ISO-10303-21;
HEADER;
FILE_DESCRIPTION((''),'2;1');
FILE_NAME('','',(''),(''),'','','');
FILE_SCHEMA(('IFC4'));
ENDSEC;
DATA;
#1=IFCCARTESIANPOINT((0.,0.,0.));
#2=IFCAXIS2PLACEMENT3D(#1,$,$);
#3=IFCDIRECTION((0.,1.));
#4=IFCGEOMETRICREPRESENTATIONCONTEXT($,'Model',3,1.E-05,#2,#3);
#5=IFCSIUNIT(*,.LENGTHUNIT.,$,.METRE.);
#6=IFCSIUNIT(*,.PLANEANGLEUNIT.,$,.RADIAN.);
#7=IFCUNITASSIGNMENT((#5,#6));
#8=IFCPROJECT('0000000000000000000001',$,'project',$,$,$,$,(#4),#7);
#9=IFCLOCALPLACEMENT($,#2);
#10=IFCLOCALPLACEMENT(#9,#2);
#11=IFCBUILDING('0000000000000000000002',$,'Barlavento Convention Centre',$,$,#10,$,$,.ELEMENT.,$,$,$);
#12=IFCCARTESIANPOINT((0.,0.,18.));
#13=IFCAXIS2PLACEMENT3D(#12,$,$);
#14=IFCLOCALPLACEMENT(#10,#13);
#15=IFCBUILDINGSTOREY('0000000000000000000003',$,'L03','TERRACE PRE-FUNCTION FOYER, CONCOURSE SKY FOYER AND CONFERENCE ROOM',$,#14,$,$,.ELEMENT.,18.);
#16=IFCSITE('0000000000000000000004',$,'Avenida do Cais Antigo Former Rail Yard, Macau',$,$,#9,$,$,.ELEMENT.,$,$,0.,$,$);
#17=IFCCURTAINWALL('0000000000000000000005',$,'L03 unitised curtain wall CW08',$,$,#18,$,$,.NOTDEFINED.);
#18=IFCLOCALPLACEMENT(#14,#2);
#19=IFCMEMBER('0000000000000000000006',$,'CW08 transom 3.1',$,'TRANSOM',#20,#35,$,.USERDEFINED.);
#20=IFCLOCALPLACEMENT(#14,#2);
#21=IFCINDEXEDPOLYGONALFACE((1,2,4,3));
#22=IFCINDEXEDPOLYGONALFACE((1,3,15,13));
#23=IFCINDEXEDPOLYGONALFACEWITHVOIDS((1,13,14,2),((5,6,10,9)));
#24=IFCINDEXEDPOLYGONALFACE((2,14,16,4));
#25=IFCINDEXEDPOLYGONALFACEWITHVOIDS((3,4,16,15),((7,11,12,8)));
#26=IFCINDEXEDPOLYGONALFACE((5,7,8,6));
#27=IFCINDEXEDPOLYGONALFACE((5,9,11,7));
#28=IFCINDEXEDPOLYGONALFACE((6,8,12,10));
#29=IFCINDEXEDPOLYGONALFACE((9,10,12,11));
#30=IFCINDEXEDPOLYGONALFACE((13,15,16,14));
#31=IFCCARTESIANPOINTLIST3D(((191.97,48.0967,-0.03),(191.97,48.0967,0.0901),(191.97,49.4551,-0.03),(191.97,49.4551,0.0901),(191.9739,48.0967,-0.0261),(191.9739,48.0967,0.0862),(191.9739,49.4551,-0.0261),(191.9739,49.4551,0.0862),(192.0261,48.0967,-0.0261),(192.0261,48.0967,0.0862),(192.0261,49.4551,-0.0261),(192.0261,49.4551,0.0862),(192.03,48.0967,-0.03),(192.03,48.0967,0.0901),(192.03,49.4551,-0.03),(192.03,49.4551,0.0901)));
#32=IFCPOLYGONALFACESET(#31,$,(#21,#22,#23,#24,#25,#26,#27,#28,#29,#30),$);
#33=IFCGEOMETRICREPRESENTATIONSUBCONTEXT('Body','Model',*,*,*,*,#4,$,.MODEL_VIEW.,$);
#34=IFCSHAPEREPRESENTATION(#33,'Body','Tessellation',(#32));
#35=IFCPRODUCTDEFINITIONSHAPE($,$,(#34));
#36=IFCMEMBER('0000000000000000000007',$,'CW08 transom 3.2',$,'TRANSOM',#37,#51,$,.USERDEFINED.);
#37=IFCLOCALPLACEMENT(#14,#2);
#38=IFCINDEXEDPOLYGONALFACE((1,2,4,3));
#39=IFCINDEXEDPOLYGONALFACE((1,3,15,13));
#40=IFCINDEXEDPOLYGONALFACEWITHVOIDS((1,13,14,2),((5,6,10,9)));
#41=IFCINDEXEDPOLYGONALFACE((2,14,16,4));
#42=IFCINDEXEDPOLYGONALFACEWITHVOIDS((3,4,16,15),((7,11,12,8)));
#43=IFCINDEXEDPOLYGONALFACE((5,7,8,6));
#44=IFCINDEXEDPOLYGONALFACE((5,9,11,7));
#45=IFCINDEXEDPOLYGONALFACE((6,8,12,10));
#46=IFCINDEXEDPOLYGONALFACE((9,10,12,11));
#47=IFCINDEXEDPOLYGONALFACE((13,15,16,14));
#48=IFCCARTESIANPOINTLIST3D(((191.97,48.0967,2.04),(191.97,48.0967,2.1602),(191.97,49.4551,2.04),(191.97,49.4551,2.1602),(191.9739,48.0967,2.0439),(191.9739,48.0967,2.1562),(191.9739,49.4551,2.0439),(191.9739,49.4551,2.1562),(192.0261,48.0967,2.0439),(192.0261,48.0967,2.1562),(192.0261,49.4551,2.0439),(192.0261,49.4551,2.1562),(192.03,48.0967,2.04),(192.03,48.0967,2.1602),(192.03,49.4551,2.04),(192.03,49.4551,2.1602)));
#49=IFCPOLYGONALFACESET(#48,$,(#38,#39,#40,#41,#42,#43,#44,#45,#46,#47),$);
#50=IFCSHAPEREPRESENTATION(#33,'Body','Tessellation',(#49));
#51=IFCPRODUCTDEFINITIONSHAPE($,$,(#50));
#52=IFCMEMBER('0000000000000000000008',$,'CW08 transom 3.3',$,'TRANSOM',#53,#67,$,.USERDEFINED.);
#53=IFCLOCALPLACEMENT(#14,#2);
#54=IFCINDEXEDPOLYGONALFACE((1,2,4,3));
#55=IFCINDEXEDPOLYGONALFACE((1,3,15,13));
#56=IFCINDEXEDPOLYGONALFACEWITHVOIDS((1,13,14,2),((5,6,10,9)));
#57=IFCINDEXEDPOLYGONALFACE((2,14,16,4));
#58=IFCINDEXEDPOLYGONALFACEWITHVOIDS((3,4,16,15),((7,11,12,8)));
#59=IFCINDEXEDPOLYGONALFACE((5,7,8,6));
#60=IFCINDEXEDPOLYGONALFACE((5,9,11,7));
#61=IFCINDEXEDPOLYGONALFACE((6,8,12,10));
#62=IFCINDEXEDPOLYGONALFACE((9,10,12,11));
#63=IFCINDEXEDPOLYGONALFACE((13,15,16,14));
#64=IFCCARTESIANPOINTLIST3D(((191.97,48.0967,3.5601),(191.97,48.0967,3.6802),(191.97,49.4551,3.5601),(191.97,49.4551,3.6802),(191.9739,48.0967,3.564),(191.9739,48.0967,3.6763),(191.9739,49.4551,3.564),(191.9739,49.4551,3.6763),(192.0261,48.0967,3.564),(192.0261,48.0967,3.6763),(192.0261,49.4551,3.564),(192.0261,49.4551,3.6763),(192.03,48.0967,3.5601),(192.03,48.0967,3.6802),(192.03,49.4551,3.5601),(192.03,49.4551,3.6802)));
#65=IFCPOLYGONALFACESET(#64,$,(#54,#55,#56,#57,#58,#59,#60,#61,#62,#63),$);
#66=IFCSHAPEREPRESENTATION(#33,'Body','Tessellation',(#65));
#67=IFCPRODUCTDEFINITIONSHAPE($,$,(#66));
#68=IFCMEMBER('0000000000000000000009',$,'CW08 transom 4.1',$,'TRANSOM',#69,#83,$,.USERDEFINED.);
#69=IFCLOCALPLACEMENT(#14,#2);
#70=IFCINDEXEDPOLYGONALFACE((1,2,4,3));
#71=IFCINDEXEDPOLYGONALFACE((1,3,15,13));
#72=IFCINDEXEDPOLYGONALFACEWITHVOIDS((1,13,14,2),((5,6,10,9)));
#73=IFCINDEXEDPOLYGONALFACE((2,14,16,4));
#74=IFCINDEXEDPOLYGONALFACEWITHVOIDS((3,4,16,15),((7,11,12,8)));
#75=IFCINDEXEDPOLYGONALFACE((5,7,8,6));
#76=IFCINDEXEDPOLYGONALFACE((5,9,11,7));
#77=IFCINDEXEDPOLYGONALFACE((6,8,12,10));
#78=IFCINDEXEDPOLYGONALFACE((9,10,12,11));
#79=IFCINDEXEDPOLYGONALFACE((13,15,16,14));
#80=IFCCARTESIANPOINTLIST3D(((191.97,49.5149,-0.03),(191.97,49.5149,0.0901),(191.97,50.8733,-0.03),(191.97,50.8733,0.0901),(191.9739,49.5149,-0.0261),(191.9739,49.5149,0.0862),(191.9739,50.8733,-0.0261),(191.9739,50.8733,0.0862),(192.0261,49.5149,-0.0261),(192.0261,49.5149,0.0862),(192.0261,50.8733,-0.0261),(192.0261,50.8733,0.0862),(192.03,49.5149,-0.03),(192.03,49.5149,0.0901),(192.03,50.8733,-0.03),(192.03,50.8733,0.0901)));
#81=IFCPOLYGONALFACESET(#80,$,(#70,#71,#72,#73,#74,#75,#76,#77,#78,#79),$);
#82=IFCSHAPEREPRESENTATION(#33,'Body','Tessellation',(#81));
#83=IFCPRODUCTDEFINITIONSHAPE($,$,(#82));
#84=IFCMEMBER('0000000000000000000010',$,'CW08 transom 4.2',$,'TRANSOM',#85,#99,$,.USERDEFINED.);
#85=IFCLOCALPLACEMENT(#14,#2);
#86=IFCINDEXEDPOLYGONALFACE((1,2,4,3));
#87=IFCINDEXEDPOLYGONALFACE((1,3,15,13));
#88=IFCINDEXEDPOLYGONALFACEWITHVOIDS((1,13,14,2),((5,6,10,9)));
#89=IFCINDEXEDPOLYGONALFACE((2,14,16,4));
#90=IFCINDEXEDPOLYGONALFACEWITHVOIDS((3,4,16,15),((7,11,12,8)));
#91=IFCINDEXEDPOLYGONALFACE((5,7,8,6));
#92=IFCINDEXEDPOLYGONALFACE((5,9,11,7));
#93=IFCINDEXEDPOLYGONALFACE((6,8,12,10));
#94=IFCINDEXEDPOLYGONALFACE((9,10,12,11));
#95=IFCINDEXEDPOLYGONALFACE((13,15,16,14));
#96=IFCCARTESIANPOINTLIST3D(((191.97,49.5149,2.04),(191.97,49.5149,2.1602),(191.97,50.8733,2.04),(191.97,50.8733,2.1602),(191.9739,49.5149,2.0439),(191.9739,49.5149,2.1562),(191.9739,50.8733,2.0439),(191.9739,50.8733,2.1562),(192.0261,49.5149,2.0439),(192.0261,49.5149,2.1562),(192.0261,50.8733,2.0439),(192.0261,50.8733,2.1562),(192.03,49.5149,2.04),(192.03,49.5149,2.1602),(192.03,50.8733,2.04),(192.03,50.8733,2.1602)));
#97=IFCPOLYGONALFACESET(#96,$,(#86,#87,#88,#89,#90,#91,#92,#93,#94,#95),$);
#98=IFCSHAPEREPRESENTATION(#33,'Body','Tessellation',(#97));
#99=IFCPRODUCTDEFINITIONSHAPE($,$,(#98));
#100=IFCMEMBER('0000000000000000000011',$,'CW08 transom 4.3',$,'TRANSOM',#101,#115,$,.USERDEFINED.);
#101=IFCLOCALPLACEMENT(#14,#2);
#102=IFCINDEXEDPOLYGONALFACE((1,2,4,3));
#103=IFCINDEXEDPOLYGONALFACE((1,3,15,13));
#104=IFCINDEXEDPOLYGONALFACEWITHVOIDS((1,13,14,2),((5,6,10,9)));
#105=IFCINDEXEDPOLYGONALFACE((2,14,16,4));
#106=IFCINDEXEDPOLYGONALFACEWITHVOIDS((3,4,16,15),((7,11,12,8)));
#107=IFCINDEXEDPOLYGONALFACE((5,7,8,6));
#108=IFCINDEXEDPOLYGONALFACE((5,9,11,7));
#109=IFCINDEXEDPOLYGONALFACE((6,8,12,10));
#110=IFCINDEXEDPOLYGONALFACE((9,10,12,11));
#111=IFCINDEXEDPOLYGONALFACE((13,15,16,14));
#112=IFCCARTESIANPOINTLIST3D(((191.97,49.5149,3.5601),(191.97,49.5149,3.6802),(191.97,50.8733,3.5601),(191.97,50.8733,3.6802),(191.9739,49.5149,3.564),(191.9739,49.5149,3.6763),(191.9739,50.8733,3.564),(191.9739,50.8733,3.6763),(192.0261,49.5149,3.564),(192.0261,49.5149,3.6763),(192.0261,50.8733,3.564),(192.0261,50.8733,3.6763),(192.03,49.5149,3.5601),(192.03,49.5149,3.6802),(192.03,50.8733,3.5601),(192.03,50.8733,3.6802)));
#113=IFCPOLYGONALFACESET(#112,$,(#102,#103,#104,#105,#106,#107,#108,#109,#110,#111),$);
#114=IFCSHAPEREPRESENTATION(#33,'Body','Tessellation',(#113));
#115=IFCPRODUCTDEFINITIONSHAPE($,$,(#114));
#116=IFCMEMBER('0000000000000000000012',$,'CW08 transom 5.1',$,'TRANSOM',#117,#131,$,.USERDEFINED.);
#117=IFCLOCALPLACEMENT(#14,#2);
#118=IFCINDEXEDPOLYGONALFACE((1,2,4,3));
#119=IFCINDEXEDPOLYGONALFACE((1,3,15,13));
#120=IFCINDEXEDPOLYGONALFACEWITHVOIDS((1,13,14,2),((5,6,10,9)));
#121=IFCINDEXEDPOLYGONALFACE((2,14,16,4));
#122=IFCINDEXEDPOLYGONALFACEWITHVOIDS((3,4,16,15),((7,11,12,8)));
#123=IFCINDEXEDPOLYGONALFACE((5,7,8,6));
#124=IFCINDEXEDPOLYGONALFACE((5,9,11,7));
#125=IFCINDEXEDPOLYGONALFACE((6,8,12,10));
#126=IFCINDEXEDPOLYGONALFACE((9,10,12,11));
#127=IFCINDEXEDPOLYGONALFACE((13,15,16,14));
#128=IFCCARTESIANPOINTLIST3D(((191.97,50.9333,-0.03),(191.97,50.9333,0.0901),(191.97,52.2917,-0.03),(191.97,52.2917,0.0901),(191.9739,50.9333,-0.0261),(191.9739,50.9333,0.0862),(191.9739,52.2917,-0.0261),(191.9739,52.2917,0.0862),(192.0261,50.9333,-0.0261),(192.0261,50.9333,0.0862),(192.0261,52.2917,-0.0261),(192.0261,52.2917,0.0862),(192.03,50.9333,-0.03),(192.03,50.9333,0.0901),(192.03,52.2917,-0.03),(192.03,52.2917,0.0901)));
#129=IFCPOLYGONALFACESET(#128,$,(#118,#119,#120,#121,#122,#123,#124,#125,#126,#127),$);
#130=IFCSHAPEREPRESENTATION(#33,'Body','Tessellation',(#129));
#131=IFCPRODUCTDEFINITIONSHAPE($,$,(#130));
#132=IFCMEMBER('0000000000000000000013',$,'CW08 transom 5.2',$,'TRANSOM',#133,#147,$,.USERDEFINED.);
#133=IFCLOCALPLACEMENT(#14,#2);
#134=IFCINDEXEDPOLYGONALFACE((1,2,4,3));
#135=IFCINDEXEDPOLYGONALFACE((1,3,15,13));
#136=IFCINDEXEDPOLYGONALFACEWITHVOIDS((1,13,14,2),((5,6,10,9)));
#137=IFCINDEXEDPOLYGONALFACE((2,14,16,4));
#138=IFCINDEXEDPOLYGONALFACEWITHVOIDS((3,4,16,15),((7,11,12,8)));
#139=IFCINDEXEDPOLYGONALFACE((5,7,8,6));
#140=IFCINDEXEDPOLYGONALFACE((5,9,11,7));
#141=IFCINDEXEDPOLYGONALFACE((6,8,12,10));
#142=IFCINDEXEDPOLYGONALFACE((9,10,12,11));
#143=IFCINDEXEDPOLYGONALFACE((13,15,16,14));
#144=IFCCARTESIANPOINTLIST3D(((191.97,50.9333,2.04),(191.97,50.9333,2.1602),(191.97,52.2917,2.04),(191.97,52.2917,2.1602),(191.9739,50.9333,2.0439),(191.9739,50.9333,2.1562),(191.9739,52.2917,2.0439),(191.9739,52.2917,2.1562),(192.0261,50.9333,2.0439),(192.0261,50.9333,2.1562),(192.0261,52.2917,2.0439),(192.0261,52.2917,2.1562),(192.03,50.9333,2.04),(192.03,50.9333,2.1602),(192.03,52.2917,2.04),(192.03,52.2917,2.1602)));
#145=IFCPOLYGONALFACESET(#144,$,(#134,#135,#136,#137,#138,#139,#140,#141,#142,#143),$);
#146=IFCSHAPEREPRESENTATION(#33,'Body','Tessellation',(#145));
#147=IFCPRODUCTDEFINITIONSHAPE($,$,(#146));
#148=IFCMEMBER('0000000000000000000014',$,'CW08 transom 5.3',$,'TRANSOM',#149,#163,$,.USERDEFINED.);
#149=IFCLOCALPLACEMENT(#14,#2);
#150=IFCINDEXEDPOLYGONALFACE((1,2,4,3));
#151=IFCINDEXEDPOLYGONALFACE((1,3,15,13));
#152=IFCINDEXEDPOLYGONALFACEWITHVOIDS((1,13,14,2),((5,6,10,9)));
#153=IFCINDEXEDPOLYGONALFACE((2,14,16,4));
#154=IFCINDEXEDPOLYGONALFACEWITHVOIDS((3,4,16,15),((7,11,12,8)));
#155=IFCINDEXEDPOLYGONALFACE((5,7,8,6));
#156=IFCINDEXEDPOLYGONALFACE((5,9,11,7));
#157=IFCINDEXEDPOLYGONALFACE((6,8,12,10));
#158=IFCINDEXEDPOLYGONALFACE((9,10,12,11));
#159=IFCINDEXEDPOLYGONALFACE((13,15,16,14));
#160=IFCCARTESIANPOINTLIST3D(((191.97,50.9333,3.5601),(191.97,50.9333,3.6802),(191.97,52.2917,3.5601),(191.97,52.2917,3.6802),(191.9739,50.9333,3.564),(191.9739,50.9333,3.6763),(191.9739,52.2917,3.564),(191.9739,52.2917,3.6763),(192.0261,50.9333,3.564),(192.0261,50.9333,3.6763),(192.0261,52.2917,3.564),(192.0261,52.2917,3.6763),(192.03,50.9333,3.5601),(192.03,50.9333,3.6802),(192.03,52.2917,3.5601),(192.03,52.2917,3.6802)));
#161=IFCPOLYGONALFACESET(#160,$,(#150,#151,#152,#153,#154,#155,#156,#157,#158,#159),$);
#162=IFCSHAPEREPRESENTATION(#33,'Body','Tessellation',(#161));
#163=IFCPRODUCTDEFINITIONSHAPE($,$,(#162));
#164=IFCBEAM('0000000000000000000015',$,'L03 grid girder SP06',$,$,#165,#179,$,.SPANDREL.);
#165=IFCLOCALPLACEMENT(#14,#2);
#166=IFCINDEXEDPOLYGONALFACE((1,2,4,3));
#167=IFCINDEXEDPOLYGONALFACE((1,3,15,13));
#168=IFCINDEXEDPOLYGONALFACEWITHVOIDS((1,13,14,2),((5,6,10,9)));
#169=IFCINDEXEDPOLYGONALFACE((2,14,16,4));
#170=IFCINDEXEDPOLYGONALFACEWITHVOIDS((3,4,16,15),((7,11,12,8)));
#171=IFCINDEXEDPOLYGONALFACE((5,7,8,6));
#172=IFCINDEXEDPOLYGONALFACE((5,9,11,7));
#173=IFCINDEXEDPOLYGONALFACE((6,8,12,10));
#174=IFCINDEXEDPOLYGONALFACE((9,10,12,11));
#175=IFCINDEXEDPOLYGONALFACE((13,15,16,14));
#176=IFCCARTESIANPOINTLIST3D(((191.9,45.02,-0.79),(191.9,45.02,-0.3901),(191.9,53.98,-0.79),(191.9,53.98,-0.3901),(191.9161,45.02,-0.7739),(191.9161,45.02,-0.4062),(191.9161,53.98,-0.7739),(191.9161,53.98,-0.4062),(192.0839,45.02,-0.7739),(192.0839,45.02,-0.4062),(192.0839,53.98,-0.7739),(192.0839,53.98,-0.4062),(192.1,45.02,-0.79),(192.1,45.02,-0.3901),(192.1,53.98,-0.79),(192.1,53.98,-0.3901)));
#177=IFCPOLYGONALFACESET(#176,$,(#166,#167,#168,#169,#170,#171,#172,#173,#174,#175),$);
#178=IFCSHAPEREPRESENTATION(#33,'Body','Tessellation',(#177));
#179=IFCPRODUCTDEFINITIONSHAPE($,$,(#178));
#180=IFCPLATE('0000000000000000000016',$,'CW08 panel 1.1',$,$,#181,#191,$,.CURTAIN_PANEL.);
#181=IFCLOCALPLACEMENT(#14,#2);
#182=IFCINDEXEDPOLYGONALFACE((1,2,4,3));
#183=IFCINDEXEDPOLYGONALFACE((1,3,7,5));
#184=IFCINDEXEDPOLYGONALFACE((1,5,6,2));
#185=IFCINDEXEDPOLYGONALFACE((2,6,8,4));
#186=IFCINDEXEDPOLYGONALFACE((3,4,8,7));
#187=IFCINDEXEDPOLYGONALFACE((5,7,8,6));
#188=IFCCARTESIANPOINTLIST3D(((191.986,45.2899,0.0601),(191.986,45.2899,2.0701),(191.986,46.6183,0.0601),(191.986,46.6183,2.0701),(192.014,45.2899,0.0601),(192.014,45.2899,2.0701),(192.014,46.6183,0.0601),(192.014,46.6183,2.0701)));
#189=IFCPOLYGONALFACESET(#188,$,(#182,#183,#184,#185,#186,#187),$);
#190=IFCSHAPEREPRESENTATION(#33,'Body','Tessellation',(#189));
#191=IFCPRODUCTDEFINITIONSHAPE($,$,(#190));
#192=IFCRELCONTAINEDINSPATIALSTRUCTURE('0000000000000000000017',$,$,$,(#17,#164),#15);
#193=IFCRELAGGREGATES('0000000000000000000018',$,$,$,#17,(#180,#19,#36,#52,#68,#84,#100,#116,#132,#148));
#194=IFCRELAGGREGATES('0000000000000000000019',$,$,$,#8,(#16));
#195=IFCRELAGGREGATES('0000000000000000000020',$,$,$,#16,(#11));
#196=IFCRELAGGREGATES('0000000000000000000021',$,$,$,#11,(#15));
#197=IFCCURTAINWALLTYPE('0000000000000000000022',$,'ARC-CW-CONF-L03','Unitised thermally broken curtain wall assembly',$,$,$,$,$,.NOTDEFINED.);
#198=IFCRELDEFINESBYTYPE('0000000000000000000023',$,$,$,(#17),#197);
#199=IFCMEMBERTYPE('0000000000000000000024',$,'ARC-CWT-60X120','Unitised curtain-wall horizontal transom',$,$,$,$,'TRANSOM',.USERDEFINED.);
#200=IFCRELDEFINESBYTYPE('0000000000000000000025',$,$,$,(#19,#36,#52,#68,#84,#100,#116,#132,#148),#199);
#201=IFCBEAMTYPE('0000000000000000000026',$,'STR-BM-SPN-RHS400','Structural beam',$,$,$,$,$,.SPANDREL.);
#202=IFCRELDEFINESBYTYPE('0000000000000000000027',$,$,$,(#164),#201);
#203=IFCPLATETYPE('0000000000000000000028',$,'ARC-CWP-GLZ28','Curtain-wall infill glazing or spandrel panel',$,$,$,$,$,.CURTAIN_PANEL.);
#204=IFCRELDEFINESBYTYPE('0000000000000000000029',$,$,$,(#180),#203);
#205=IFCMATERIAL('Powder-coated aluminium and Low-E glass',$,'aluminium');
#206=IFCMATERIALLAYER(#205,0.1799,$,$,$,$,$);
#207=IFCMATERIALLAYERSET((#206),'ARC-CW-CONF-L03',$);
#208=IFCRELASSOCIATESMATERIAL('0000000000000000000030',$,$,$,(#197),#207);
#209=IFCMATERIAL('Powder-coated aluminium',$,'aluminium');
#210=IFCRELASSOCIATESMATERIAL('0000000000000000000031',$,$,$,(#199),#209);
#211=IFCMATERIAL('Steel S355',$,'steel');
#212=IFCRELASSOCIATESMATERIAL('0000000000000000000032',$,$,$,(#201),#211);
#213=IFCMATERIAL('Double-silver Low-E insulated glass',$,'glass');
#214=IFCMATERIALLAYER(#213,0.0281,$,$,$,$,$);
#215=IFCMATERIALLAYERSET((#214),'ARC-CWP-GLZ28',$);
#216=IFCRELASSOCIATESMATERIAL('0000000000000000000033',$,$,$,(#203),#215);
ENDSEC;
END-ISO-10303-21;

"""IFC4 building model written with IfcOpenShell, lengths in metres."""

from ifc_helpers import new_model, si_unit, direction, frame, origin, origin_2d, place, context, subcontext, project, spatial, rectangle, hollow_rectangle, extrude, material, layer, layer_set, material_profile, profile_set, type_object, element, aggregate, save


model = new_model("IFC4")

# Units and contexts
model_context = context("Model", 3, precision=1e-05, world=origin(), true_north=direction((0.0, 1.0)))
body_context = subcontext(model_context, "Body", "Model", "MODEL_VIEW")
ifc_project = project(units=[si_unit("LENGTHUNIT", "METRE"), si_unit("PLANEANGLEUNIT", "RADIAN")], contexts=[model_context])

# Site, building, storey
site_placement = place(None, origin())
site = spatial("IfcSite", under=ifc_project, at=site_placement, Name="Avenida do Cais Antigo Former Rail Yard, Macau", CompositionType="ELEMENT", RefElevation=0.0)
building_placement = place(site_placement, origin())
building = spatial("IfcBuilding", under=site, at=building_placement, Name="Barlavento Convention Centre", CompositionType="ELEMENT")
storey_placement = place(building_placement, frame((0.0, 0.0, 18.0)))
storey = spatial("IfcBuildingStorey", under=building, at=storey_placement, Name="L03", Description="TERRACE PRE-FUNCTION FOYER, CONCOURSE SKY FOYER AND CONFERENCE ROOM", CompositionType="ELEMENT", Elevation=18.0)

# Curtain wall, members
ifc_material_1 = material(Name="Powder-coated aluminium and Low-E glass", Category="aluminium")
ifc_layer_1 = layer(ifc_material_1, 0.1799)
ifc_layer_set_1 = layer_set([ifc_layer_1], Name="ARC-CW-CONF-L03")
curtain_wall_type = type_object("IfcCurtainWallType", Name="ARC-CW-CONF-L03", Description="Unitised thermally broken curtain wall assembly", PredefinedType="NOTDEFINED", material=ifc_layer_set_1)
curtain_wall_placement = place(storey_placement, origin())
curtain_wall = element("IfcCurtainWall", 1, at=curtain_wall_placement, inside=storey, type_object=curtain_wall_type, Name="L03 unitised curtain wall CW08", PredefinedType="NOTDEFINED")
ifc_material_2 = material(Name="Powder-coated aluminium", Category="aluminium")
ifc_material_profile_1 = material_profile(ifc_material_2, hollow_rectangle(XDim=0.0601, YDim=0.1201, WallThickness=0.0039, at=origin_2d()), Name="AL-TRAN 60x120x4")
ifc_profile_set_1 = profile_set([ifc_material_profile_1], Name="Powder-coated aluminium")
member_type_1 = type_object("IfcMemberType", Name="ARC-CWT-60X120", Description="Unitised curtain-wall horizontal transom", ElementType="TRANSOM", PredefinedType="USERDEFINED", material=ifc_profile_set_1)
member_1_placement = place(storey_placement, frame((192.0, 48.0967, 0.03), z_axis=(0.0, 1.0, 0.0), x_axis=(-1.0, 0.0, 0.0)))
member_1 = element("IfcMember", 2, at=member_1_placement, type_object=member_type_1, Name="CW08 transom 3.1", ObjectType="TRANSOM", PredefinedType="USERDEFINED", context=body_context, shape_type="SweptSolid", body=[
    extrude(hollow_rectangle(XDim=0.0601, YDim=0.1201, WallThickness=0.0039, at=origin_2d()), origin(), (0.0, 0.0, 1.0), 1.3584),
])
member_2_placement = place(storey_placement, frame((192.0, 48.0967, 2.1001), z_axis=(0.0, 1.0, 0.0), x_axis=(-1.0, 0.0, 0.0)))
member_2 = element("IfcMember", 3, at=member_2_placement, type_object=member_type_1, Name="CW08 transom 3.2", ObjectType="TRANSOM", PredefinedType="USERDEFINED", context=body_context, shape_type="SweptSolid", body=[
    extrude(hollow_rectangle(XDim=0.0601, YDim=0.1201, WallThickness=0.0039, at=origin_2d()), origin(), (0.0, 0.0, 1.0), 1.3584),
])
member_3_placement = place(storey_placement, frame((192.0, 48.0967, 3.6201), z_axis=(0.0, 1.0, 0.0), x_axis=(-1.0, 0.0, 0.0)))
member_3 = element("IfcMember", 4, at=member_3_placement, type_object=member_type_1, Name="CW08 transom 3.3", ObjectType="TRANSOM", PredefinedType="USERDEFINED", context=body_context, shape_type="SweptSolid", body=[
    extrude(hollow_rectangle(XDim=0.0601, YDim=0.1201, WallThickness=0.0039, at=origin_2d()), origin(), (0.0, 0.0, 1.0), 1.3584),
])
member_4_placement = place(storey_placement, frame((192.0, 49.5149, 0.03), z_axis=(0.0, 1.0, 0.0), x_axis=(-1.0, 0.0, 0.0)))
member_4 = element("IfcMember", 5, at=member_4_placement, type_object=member_type_1, Name="CW08 transom 4.1", ObjectType="TRANSOM", PredefinedType="USERDEFINED", context=body_context, shape_type="SweptSolid", body=[
    extrude(hollow_rectangle(XDim=0.0601, YDim=0.1201, WallThickness=0.0039, at=origin_2d()), origin(), (0.0, 0.0, 1.0), 1.3584),
])
member_5_placement = place(storey_placement, frame((192.0, 49.5149, 2.1001), z_axis=(0.0, 1.0, 0.0), x_axis=(-1.0, 0.0, 0.0)))
member_5 = element("IfcMember", 6, at=member_5_placement, type_object=member_type_1, Name="CW08 transom 4.2", ObjectType="TRANSOM", PredefinedType="USERDEFINED", context=body_context, shape_type="SweptSolid", body=[
    extrude(hollow_rectangle(XDim=0.0601, YDim=0.1201, WallThickness=0.0039, at=origin_2d()), origin(), (0.0, 0.0, 1.0), 1.3584),
])
member_6_placement = place(storey_placement, frame((192.0, 49.5149, 3.6201), z_axis=(0.0, 1.0, 0.0), x_axis=(-1.0, 0.0, 0.0)))
member_6 = element("IfcMember", 7, at=member_6_placement, type_object=member_type_1, Name="CW08 transom 4.3", ObjectType="TRANSOM", PredefinedType="USERDEFINED", context=body_context, shape_type="SweptSolid", body=[
    extrude(hollow_rectangle(XDim=0.0601, YDim=0.1201, WallThickness=0.0039, at=origin_2d()), origin(), (0.0, 0.0, 1.0), 1.3584),
])
member_7_placement = place(storey_placement, frame((192.0, 50.9333, 0.03), z_axis=(0.0, 1.0, 0.0), x_axis=(-1.0, 0.0, 0.0)))
member_7 = element("IfcMember", 8, at=member_7_placement, type_object=member_type_1, Name="CW08 transom 5.1", ObjectType="TRANSOM", PredefinedType="USERDEFINED", context=body_context, shape_type="SweptSolid", body=[
    extrude(hollow_rectangle(XDim=0.0601, YDim=0.1201, WallThickness=0.0039, at=origin_2d()), origin(), (0.0, 0.0, 1.0), 1.3584),
])
member_8_placement = place(storey_placement, frame((192.0, 50.9333, 2.1001), z_axis=(0.0, 1.0, 0.0), x_axis=(-1.0, 0.0, 0.0)))
member_8 = element("IfcMember", 9, at=member_8_placement, type_object=member_type_1, Name="CW08 transom 5.2", ObjectType="TRANSOM", PredefinedType="USERDEFINED", context=body_context, shape_type="SweptSolid", body=[
    extrude(hollow_rectangle(XDim=0.0601, YDim=0.1201, WallThickness=0.0039, at=origin_2d()), origin(), (0.0, 0.0, 1.0), 1.3584),
])
member_9_placement = place(storey_placement, frame((192.0, 50.9333, 3.6201), z_axis=(0.0, 1.0, 0.0), x_axis=(-1.0, 0.0, 0.0)))
member_9 = element("IfcMember", 10, at=member_9_placement, type_object=member_type_1, Name="CW08 transom 5.3", ObjectType="TRANSOM", PredefinedType="USERDEFINED", context=body_context, shape_type="SweptSolid", body=[
    extrude(hollow_rectangle(XDim=0.0601, YDim=0.1201, WallThickness=0.0039, at=origin_2d()), origin(), (0.0, 0.0, 1.0), 1.3584),
])

# Beam
ifc_material_3 = material(Name="Steel S355", Category="steel")
ifc_material_profile_2 = material_profile(ifc_material_3, hollow_rectangle(XDim=0.2, YDim=0.3999, WallThickness=0.0161, at=origin_2d()), Name="RHS 400x200x16.0")
ifc_profile_set_2 = profile_set([ifc_material_profile_2], Name="Steel S355")
beam_type = type_object("IfcBeamType", Name="STR-BM-SPN-RHS400", Description="Structural beam", PredefinedType="SPANDREL", material=ifc_profile_set_2)
beam_placement = place(storey_placement, frame((192.0, 45.02, -0.5901), z_axis=(0.0, 1.0, 0.0), x_axis=(-1.0, 0.0, 0.0)))
element("IfcBeam", 11, at=beam_placement, inside=storey, type_object=beam_type, Name="L03 grid girder SP06", PredefinedType="SPANDREL", context=body_context, shape_type="SweptSolid", body=[
    extrude(hollow_rectangle(XDim=0.2, YDim=0.3999, WallThickness=0.0161, at=origin_2d()), origin(), (0.0, 0.0, 1.0), 8.96),
])

# Plate
ifc_material_4 = material(Name="Double-silver Low-E insulated glass", Category="glass")
ifc_layer_2 = layer(ifc_material_4, 0.0281)
ifc_layer_set_2 = layer_set([ifc_layer_2], Name="ARC-CWP-GLZ28")
plate_type = type_object("IfcPlateType", Name="ARC-CWP-GLZ28", Description="Curtain-wall infill glazing or spandrel panel", PredefinedType="CURTAIN_PANEL", material=ifc_layer_set_2)
plate_1_placement = place(storey_placement, frame((192.0, 45.9541, 0.0601), z_axis=(0.0, 0.0, 1.0), x_axis=(0.0, 1.0, 0.0)))
plate_1 = element("IfcPlate", 12, at=plate_1_placement, type_object=plate_type, Name="CW08 panel 1.1", PredefinedType="CURTAIN_PANEL", context=body_context, shape_type="SweptSolid", body=[
    extrude(rectangle(XDim=1.3284, YDim=0.0281, at=origin_2d()), origin(), (0.0, 0.0, 1.0), 2.01),
])
aggregate(curtain_wall, [plate_1, member_1, member_2, member_3, member_4, member_5, member_6, member_7, member_8, member_9])

save(model, "model.ifc")
